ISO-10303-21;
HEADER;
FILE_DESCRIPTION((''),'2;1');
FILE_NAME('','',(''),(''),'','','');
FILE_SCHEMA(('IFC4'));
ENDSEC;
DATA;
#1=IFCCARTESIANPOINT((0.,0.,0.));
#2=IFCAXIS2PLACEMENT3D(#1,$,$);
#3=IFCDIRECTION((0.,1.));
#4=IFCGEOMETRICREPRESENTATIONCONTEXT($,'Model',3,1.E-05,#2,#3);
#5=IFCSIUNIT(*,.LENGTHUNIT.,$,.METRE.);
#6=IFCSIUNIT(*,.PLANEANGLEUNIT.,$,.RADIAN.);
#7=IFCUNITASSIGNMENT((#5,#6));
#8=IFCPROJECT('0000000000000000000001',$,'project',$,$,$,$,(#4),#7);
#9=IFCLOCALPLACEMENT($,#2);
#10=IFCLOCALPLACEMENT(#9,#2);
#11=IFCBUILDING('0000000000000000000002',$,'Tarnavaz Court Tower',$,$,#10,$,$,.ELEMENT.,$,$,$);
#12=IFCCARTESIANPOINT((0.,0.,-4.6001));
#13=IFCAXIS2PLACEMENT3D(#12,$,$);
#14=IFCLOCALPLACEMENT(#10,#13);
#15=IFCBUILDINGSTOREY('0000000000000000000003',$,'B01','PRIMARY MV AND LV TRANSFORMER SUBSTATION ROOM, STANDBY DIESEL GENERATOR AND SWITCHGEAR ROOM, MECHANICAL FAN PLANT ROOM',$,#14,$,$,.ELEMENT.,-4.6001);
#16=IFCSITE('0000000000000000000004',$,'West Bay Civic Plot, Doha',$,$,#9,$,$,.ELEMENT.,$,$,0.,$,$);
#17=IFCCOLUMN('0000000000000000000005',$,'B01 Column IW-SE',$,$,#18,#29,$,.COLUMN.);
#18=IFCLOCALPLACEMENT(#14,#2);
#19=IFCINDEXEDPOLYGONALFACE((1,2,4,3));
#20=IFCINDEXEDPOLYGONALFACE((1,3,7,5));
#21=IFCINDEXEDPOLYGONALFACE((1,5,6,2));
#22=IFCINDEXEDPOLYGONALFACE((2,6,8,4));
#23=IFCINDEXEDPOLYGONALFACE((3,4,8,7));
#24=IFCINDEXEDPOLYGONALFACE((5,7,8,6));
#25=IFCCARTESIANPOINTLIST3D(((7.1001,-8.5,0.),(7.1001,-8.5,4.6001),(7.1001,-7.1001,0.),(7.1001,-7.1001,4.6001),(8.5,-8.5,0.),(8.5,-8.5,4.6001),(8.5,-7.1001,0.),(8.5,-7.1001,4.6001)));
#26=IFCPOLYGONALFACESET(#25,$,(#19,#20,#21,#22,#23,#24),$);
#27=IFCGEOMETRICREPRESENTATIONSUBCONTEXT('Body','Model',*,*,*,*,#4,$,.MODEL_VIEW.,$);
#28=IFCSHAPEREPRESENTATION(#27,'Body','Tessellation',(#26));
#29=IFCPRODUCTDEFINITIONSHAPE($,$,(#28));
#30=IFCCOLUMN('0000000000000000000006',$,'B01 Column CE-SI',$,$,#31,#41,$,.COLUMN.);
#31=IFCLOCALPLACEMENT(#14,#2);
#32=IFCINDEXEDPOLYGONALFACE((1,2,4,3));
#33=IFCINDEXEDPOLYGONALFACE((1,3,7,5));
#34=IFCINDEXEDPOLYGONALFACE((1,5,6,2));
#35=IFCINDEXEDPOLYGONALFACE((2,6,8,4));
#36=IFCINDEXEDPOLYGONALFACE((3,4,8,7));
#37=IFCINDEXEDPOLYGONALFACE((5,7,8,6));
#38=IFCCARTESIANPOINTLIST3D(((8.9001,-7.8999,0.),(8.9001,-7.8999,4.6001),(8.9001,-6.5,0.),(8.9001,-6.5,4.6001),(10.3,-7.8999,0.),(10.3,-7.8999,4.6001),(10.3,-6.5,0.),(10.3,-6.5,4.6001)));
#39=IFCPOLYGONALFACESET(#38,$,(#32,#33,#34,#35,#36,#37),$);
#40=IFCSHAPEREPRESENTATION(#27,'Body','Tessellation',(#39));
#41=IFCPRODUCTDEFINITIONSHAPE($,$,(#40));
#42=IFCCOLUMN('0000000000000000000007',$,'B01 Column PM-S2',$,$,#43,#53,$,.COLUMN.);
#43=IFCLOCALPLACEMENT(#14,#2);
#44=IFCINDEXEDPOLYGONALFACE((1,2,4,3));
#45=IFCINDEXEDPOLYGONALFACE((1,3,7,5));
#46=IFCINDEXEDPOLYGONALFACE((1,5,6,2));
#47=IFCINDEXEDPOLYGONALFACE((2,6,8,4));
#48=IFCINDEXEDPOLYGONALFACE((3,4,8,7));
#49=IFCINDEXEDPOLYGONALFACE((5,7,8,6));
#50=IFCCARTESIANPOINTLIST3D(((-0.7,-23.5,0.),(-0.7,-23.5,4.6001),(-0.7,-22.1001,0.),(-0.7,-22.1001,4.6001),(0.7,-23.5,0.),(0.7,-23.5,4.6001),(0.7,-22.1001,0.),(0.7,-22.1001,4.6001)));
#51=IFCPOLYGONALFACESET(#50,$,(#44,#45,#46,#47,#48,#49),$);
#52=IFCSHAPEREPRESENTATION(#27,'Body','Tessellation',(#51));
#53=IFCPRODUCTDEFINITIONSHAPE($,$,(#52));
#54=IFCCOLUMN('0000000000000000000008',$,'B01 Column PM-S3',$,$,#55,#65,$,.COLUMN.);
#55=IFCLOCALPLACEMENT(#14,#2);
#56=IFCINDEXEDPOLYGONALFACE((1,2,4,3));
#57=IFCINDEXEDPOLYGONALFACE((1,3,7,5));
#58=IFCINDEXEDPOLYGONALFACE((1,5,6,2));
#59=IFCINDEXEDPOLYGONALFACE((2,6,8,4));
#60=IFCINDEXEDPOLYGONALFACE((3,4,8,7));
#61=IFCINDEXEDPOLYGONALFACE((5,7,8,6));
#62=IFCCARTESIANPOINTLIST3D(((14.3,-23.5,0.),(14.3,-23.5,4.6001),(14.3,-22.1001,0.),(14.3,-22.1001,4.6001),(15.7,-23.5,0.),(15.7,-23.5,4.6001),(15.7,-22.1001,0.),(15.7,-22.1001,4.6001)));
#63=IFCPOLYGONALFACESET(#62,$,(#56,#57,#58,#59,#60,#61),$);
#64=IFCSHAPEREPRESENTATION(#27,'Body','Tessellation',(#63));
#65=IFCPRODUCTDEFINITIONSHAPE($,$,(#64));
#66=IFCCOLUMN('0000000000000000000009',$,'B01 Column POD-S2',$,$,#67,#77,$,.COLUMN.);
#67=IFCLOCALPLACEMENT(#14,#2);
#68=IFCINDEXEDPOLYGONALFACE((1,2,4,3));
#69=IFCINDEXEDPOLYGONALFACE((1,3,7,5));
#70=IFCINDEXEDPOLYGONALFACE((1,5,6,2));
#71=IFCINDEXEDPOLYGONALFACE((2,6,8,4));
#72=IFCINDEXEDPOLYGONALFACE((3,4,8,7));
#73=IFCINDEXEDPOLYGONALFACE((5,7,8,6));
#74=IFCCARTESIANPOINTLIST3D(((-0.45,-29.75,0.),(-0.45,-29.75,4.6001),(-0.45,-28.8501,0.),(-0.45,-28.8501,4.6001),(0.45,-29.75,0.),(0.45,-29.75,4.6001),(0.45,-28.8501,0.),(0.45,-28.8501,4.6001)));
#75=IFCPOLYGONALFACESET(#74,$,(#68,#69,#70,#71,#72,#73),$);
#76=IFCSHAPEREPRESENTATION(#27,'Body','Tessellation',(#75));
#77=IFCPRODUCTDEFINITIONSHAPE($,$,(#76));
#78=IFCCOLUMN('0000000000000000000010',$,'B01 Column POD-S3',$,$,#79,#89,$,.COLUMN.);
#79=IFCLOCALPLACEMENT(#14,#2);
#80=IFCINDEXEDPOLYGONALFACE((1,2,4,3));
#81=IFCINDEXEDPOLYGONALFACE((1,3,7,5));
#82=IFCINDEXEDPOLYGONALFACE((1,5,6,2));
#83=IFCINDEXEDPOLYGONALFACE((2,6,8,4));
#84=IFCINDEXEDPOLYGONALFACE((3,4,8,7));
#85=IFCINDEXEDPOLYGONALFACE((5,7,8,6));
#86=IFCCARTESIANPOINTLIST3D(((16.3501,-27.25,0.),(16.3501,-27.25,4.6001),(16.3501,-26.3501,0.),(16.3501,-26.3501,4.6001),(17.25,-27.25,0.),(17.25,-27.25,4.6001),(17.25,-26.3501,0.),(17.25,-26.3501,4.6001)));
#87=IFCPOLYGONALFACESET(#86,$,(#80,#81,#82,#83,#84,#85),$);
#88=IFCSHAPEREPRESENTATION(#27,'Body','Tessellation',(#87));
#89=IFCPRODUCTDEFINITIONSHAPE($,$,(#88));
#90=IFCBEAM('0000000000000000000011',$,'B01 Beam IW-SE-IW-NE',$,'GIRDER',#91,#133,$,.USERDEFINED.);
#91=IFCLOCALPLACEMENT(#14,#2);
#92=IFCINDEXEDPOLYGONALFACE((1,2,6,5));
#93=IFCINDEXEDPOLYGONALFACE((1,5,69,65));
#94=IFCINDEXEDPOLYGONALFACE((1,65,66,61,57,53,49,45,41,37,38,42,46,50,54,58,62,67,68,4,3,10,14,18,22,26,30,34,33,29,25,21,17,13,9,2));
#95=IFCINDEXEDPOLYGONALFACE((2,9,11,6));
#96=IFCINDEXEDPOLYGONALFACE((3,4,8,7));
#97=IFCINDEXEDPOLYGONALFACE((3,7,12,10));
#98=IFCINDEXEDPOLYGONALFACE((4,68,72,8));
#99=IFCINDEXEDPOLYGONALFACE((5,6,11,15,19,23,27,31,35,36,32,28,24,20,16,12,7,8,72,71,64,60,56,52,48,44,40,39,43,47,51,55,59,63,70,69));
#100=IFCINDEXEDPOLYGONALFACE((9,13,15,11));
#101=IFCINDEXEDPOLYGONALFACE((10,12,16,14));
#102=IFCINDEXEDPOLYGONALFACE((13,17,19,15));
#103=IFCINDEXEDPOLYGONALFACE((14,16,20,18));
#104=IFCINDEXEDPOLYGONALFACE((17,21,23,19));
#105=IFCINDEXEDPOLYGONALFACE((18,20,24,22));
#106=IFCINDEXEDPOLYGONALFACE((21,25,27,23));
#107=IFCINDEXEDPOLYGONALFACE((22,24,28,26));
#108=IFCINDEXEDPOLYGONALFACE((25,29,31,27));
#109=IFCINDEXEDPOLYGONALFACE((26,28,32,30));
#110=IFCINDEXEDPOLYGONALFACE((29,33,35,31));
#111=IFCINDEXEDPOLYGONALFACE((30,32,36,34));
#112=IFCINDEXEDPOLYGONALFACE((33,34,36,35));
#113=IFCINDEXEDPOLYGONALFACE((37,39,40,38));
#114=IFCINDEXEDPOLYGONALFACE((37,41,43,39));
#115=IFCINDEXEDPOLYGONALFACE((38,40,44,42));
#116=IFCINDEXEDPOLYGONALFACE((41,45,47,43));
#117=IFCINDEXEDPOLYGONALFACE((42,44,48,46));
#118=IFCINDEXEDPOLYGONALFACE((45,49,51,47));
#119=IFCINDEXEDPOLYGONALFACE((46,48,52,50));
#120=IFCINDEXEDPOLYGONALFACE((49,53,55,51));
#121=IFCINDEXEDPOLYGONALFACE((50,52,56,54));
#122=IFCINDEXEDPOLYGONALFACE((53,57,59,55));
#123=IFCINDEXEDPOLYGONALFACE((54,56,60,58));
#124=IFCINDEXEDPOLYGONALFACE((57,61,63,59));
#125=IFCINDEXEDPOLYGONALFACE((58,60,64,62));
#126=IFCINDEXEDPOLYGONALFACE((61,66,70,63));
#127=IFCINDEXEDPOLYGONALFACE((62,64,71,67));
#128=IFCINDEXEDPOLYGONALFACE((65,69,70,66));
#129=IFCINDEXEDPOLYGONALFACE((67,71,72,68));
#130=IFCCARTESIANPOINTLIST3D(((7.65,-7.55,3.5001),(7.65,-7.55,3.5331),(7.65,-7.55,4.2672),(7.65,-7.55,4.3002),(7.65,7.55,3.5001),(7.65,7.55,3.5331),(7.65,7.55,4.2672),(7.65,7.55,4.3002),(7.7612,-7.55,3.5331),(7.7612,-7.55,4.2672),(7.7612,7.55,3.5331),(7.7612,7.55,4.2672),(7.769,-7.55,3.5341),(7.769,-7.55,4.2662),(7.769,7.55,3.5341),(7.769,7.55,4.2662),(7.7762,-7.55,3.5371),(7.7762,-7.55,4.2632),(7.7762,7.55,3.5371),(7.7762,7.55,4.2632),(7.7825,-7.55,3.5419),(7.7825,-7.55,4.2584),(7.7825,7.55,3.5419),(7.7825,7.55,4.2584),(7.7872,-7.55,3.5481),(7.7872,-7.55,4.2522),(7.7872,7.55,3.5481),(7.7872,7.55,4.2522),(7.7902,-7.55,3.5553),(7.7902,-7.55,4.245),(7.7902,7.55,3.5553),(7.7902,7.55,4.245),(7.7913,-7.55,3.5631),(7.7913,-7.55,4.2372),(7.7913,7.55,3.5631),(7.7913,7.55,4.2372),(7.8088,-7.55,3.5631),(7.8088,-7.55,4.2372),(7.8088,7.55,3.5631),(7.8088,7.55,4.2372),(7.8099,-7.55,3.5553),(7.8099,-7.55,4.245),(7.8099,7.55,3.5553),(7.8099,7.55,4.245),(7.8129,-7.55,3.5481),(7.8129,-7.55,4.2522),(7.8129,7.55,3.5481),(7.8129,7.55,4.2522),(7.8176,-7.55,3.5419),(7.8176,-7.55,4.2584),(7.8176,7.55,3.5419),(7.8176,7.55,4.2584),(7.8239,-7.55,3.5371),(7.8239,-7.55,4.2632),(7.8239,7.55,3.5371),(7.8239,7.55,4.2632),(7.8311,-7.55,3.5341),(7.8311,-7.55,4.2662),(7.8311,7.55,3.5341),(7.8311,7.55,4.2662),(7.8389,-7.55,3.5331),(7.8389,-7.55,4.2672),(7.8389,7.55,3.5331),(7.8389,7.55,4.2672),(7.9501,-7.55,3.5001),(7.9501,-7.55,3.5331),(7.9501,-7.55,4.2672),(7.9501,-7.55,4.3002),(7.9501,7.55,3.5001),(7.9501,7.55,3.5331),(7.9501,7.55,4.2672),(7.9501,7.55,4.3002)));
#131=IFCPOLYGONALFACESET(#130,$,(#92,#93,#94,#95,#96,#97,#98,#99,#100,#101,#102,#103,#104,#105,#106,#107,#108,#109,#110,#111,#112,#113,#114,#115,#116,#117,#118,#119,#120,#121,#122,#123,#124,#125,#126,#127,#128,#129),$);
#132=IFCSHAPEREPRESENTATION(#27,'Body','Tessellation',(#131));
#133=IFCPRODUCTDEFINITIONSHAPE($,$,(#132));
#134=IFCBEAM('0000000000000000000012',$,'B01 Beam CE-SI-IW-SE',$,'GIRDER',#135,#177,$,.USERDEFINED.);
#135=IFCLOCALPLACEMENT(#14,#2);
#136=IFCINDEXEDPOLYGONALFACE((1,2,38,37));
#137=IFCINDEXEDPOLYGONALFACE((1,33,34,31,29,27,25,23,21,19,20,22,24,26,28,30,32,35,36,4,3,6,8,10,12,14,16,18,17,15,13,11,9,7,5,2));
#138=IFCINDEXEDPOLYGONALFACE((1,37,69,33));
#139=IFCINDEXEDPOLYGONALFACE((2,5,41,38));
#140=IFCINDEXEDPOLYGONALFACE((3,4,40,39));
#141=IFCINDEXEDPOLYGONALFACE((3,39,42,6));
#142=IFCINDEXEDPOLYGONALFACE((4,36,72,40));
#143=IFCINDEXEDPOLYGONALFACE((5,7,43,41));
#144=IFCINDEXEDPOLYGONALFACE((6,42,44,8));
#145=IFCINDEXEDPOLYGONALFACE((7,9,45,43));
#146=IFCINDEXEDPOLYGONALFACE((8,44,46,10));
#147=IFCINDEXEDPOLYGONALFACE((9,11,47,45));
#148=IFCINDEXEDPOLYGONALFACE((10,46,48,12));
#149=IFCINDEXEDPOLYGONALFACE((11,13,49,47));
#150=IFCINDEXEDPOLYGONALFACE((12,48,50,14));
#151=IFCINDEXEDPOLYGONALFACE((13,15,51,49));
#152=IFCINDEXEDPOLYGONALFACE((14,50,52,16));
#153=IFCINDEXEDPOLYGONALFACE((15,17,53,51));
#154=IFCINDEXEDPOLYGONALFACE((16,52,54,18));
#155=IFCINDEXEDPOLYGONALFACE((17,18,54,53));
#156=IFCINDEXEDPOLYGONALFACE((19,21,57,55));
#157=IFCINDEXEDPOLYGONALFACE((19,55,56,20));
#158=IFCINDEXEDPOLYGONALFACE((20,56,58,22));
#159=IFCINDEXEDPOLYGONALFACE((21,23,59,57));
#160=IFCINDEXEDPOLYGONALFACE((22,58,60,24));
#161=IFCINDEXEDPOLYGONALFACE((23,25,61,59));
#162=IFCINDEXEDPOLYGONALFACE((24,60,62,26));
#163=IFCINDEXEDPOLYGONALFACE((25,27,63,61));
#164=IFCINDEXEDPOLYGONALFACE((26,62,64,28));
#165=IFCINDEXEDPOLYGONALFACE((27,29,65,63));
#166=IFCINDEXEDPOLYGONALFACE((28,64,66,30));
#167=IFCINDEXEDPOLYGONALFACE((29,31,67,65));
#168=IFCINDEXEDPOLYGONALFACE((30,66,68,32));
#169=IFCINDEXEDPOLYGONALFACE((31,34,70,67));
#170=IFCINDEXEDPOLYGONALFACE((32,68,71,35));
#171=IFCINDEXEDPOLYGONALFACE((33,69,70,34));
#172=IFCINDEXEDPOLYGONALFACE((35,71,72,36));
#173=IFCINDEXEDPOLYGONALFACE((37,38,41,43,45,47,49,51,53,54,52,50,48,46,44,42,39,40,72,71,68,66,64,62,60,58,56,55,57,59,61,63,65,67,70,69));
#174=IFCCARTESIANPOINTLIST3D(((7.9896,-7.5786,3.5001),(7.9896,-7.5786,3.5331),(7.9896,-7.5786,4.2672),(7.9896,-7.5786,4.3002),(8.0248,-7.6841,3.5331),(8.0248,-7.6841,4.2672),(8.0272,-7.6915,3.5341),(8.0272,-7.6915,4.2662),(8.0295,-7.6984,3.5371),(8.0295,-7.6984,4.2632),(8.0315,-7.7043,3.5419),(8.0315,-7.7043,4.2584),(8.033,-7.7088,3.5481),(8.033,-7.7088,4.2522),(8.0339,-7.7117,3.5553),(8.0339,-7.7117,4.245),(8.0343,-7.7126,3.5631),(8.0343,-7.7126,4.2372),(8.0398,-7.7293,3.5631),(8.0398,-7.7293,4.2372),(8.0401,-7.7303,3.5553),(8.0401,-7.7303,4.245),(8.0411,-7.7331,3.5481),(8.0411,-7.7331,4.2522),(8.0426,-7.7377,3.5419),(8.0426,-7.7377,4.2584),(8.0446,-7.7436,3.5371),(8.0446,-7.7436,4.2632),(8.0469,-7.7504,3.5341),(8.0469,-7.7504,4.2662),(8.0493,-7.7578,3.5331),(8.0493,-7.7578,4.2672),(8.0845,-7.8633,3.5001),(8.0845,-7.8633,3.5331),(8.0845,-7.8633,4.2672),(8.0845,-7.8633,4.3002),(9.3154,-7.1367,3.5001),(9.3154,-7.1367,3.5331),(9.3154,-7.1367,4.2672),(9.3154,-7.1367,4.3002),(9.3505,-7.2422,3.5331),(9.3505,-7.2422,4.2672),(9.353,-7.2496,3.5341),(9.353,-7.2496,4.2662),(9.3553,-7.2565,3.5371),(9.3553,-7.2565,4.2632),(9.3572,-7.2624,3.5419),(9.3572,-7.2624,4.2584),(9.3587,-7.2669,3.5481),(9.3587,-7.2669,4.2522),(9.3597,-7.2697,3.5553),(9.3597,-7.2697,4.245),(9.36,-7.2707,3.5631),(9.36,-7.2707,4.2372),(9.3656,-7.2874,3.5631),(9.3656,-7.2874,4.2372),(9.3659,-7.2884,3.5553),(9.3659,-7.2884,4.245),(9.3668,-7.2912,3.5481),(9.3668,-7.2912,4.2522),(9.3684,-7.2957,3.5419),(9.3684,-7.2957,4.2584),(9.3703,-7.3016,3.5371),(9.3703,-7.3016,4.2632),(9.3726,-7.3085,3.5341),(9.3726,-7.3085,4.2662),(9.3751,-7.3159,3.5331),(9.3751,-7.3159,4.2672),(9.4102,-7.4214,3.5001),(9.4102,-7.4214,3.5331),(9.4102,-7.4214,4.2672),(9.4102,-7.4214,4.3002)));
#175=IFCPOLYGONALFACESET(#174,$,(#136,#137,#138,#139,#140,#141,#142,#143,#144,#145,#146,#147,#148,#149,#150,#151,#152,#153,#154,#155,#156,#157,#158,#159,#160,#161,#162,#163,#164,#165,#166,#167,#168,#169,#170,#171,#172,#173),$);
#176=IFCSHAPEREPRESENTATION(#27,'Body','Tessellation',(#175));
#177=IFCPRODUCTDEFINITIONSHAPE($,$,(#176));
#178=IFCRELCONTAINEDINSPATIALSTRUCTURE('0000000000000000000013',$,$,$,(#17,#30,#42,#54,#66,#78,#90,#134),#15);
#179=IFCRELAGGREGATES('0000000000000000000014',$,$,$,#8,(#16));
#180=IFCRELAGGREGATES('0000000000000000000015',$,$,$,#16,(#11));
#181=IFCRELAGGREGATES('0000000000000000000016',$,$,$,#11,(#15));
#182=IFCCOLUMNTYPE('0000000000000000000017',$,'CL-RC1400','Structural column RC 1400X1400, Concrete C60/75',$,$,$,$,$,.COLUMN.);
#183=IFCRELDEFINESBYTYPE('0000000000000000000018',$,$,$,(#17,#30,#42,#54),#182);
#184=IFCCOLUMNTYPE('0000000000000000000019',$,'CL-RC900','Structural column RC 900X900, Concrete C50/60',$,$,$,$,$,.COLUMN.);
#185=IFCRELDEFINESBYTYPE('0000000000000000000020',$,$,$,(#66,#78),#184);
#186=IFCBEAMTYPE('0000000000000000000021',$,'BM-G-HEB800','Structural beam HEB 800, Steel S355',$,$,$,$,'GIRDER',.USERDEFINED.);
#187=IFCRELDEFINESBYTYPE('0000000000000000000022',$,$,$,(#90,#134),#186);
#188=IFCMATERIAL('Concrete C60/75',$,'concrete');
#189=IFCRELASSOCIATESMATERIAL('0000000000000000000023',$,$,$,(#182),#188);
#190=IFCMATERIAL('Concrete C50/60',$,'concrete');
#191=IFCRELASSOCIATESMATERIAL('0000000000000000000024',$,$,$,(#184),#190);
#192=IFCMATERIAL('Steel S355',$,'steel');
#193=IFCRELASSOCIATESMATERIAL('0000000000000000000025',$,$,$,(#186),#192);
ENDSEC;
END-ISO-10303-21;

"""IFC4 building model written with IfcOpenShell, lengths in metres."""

from ifc_helpers import new_model, si_unit, direction, frame, origin, origin_2d, place, context, subcontext, project, spatial, rectangle, i_section, extrude, material, material_profile, profile_set, type_object, element, save


model = new_model("IFC4")

# Units and contexts
model_context = context("Model", 3, precision=1e-05, world=origin(), true_north=direction((0.0, 1.0)))
body_context = subcontext(model_context, "Body", "Model", "MODEL_VIEW")
ifc_project = project(units=[si_unit("LENGTHUNIT", "METRE"), si_unit("PLANEANGLEUNIT", "RADIAN")], contexts=[model_context])

# Site, building, storey
site_placement = place(None, origin())
site = spatial("IfcSite", under=ifc_project, at=site_placement, Name="West Bay Civic Plot, Doha", CompositionType="ELEMENT", RefElevation=0.0)
building_placement = place(site_placement, origin())
building = spatial("IfcBuilding", under=site, at=building_placement, Name="Tarnavaz Court Tower", CompositionType="ELEMENT")
storey_placement = place(building_placement, frame((0.0, 0.0, -4.6001)))
storey = spatial("IfcBuildingStorey", under=building, at=storey_placement, Name="B01", Description="PRIMARY MV AND LV TRANSFORMER SUBSTATION ROOM, STANDBY DIESEL GENERATOR AND SWITCHGEAR ROOM, MECHANICAL FAN PLANT ROOM", CompositionType="ELEMENT", Elevation=-4.6001)

# Columns
ifc_material_1 = material(Name="Concrete C60/75", Category="concrete")
ifc_material_profile_1 = material_profile(ifc_material_1, rectangle(XDim=1.3999, YDim=1.3999, at=origin_2d()), Name="RC 1400X1400")
ifc_profile_set_1 = profile_set([ifc_material_profile_1], Name="Concrete C60/75")
column_type_1 = type_object("IfcColumnType", Name="CL-RC1400", Description="Structural column RC 1400X1400, Concrete C60/75", PredefinedType="COLUMN", material=ifc_profile_set_1)
for number, where, z_axis, x_axis, name in (
    (1, (7.8, -7.8, 0.0), (0.0, 0.0, 1.0), (1.0, 0.0, 0.0), "B01 Column IW-SE"),
    (2, (9.6001, -7.2, 0.0), (0.0, 0.0, 1.0), (1.0, 0.0, 0.0), "B01 Column CE-SI"),
    (3, (0.0, -22.8, 0.0), (0.0, 0.0, 1.0), (1.0, 0.0, 0.0), "B01 Column PM-S2"),
    (4, (15.0, -22.8, 0.0), (0.0, 0.0, 1.0), (1.0, 0.0, 0.0), "B01 Column PM-S3"),
):
    element("IfcColumn", number, at=place(storey_placement, frame(where, z_axis=z_axis, x_axis=x_axis)), inside=storey, type_object=column_type_1, Name=name, PredefinedType="COLUMN", context=body_context, shape_type="SweptSolid", body=[
        extrude(rectangle(XDim=1.3999, YDim=1.3999, at=origin_2d()), origin(), (0.0, 0.0, 1.0), 4.6001),
    ])
ifc_material_2 = material(Name="Concrete C50/60", Category="concrete")
ifc_material_profile_2 = material_profile(ifc_material_2, rectangle(XDim=0.8999, YDim=0.8999, at=origin_2d()), Name="RC 900X900")
ifc_profile_set_2 = profile_set([ifc_material_profile_2], Name="Concrete C50/60")
column_type_2 = type_object("IfcColumnType", Name="CL-RC900", Description="Structural column RC 900X900, Concrete C50/60", PredefinedType="COLUMN", material=ifc_profile_set_2)
for number, where, z_axis, x_axis, name in (
    (5, (0.0, -29.3, 0.0), (0.0, 0.0, 1.0), (1.0, 0.0, 0.0), "B01 Column POD-S2"),
    (6, (16.8, -26.8, 0.0), (0.0, 0.0, 1.0), (1.0, 0.0, 0.0), "B01 Column POD-S3"),
):
    element("IfcColumn", number, at=place(storey_placement, frame(where, z_axis=z_axis, x_axis=x_axis)), inside=storey, type_object=column_type_2, Name=name, PredefinedType="COLUMN", context=body_context, shape_type="SweptSolid", body=[
        extrude(rectangle(XDim=0.8999, YDim=0.8999, at=origin_2d()), origin(), (0.0, 0.0, 1.0), 4.6001),
    ])

# Beams
ifc_material_3 = material(Name="Steel S355", Category="steel")
ifc_material_profile_3 = material_profile(ifc_material_3, i_section(OverallWidth=0.3, OverallDepth=0.8, WebThickness=0.0176, FlangeThickness=0.033, FilletRadius=0.03, at=origin_2d()), Name="HEB 800")
ifc_profile_set_3 = profile_set([ifc_material_profile_3], Name="Steel S355")
beam_type_1 = type_object("IfcBeamType", Name="BM-G-HEB800", Description="Structural beam HEB 800, Steel S355", ElementType="GIRDER", PredefinedType="USERDEFINED", material=ifc_profile_set_3)
beam_1_placement = place(storey_placement, frame((7.8, -7.55, 3.9001), z_axis=(0.0, 1.0, 0.0), x_axis=(-1.0, 0.0, 0.0)))
element("IfcBeam", 7, at=beam_1_placement, inside=storey, type_object=beam_type_1, Name="B01 Beam IW-SE-IW-NE", ObjectType="GIRDER", PredefinedType="USERDEFINED", context=body_context, shape_type="SweptSolid", body=[
    extrude(i_section(OverallWidth=0.3, OverallDepth=0.8, WebThickness=0.0176, FlangeThickness=0.033, FilletRadius=0.03, at=origin_2d()), origin(), (0.0, 0.0, 1.0), 15.1001),
])
beam_2_placement = place(storey_placement, frame((9.3628, -7.2791, 3.9001), z_axis=(-0.948683, -0.316228, 0.0), x_axis=(0.316228, -0.948683, 0.0)))
element("IfcBeam", 8, at=beam_2_placement, inside=storey, type_object=beam_type_1, Name="B01 Beam CE-SI-IW-SE", ObjectType="GIRDER", PredefinedType="USERDEFINED", context=body_context, shape_type="SweptSolid", body=[
    extrude(i_section(OverallWidth=0.3, OverallDepth=0.8, WebThickness=0.0176, FlangeThickness=0.033, FilletRadius=0.03, at=origin_2d()), origin(), (0.0, 0.0, 1.0), 1.3975),
])

save(model, "model.ifc")
